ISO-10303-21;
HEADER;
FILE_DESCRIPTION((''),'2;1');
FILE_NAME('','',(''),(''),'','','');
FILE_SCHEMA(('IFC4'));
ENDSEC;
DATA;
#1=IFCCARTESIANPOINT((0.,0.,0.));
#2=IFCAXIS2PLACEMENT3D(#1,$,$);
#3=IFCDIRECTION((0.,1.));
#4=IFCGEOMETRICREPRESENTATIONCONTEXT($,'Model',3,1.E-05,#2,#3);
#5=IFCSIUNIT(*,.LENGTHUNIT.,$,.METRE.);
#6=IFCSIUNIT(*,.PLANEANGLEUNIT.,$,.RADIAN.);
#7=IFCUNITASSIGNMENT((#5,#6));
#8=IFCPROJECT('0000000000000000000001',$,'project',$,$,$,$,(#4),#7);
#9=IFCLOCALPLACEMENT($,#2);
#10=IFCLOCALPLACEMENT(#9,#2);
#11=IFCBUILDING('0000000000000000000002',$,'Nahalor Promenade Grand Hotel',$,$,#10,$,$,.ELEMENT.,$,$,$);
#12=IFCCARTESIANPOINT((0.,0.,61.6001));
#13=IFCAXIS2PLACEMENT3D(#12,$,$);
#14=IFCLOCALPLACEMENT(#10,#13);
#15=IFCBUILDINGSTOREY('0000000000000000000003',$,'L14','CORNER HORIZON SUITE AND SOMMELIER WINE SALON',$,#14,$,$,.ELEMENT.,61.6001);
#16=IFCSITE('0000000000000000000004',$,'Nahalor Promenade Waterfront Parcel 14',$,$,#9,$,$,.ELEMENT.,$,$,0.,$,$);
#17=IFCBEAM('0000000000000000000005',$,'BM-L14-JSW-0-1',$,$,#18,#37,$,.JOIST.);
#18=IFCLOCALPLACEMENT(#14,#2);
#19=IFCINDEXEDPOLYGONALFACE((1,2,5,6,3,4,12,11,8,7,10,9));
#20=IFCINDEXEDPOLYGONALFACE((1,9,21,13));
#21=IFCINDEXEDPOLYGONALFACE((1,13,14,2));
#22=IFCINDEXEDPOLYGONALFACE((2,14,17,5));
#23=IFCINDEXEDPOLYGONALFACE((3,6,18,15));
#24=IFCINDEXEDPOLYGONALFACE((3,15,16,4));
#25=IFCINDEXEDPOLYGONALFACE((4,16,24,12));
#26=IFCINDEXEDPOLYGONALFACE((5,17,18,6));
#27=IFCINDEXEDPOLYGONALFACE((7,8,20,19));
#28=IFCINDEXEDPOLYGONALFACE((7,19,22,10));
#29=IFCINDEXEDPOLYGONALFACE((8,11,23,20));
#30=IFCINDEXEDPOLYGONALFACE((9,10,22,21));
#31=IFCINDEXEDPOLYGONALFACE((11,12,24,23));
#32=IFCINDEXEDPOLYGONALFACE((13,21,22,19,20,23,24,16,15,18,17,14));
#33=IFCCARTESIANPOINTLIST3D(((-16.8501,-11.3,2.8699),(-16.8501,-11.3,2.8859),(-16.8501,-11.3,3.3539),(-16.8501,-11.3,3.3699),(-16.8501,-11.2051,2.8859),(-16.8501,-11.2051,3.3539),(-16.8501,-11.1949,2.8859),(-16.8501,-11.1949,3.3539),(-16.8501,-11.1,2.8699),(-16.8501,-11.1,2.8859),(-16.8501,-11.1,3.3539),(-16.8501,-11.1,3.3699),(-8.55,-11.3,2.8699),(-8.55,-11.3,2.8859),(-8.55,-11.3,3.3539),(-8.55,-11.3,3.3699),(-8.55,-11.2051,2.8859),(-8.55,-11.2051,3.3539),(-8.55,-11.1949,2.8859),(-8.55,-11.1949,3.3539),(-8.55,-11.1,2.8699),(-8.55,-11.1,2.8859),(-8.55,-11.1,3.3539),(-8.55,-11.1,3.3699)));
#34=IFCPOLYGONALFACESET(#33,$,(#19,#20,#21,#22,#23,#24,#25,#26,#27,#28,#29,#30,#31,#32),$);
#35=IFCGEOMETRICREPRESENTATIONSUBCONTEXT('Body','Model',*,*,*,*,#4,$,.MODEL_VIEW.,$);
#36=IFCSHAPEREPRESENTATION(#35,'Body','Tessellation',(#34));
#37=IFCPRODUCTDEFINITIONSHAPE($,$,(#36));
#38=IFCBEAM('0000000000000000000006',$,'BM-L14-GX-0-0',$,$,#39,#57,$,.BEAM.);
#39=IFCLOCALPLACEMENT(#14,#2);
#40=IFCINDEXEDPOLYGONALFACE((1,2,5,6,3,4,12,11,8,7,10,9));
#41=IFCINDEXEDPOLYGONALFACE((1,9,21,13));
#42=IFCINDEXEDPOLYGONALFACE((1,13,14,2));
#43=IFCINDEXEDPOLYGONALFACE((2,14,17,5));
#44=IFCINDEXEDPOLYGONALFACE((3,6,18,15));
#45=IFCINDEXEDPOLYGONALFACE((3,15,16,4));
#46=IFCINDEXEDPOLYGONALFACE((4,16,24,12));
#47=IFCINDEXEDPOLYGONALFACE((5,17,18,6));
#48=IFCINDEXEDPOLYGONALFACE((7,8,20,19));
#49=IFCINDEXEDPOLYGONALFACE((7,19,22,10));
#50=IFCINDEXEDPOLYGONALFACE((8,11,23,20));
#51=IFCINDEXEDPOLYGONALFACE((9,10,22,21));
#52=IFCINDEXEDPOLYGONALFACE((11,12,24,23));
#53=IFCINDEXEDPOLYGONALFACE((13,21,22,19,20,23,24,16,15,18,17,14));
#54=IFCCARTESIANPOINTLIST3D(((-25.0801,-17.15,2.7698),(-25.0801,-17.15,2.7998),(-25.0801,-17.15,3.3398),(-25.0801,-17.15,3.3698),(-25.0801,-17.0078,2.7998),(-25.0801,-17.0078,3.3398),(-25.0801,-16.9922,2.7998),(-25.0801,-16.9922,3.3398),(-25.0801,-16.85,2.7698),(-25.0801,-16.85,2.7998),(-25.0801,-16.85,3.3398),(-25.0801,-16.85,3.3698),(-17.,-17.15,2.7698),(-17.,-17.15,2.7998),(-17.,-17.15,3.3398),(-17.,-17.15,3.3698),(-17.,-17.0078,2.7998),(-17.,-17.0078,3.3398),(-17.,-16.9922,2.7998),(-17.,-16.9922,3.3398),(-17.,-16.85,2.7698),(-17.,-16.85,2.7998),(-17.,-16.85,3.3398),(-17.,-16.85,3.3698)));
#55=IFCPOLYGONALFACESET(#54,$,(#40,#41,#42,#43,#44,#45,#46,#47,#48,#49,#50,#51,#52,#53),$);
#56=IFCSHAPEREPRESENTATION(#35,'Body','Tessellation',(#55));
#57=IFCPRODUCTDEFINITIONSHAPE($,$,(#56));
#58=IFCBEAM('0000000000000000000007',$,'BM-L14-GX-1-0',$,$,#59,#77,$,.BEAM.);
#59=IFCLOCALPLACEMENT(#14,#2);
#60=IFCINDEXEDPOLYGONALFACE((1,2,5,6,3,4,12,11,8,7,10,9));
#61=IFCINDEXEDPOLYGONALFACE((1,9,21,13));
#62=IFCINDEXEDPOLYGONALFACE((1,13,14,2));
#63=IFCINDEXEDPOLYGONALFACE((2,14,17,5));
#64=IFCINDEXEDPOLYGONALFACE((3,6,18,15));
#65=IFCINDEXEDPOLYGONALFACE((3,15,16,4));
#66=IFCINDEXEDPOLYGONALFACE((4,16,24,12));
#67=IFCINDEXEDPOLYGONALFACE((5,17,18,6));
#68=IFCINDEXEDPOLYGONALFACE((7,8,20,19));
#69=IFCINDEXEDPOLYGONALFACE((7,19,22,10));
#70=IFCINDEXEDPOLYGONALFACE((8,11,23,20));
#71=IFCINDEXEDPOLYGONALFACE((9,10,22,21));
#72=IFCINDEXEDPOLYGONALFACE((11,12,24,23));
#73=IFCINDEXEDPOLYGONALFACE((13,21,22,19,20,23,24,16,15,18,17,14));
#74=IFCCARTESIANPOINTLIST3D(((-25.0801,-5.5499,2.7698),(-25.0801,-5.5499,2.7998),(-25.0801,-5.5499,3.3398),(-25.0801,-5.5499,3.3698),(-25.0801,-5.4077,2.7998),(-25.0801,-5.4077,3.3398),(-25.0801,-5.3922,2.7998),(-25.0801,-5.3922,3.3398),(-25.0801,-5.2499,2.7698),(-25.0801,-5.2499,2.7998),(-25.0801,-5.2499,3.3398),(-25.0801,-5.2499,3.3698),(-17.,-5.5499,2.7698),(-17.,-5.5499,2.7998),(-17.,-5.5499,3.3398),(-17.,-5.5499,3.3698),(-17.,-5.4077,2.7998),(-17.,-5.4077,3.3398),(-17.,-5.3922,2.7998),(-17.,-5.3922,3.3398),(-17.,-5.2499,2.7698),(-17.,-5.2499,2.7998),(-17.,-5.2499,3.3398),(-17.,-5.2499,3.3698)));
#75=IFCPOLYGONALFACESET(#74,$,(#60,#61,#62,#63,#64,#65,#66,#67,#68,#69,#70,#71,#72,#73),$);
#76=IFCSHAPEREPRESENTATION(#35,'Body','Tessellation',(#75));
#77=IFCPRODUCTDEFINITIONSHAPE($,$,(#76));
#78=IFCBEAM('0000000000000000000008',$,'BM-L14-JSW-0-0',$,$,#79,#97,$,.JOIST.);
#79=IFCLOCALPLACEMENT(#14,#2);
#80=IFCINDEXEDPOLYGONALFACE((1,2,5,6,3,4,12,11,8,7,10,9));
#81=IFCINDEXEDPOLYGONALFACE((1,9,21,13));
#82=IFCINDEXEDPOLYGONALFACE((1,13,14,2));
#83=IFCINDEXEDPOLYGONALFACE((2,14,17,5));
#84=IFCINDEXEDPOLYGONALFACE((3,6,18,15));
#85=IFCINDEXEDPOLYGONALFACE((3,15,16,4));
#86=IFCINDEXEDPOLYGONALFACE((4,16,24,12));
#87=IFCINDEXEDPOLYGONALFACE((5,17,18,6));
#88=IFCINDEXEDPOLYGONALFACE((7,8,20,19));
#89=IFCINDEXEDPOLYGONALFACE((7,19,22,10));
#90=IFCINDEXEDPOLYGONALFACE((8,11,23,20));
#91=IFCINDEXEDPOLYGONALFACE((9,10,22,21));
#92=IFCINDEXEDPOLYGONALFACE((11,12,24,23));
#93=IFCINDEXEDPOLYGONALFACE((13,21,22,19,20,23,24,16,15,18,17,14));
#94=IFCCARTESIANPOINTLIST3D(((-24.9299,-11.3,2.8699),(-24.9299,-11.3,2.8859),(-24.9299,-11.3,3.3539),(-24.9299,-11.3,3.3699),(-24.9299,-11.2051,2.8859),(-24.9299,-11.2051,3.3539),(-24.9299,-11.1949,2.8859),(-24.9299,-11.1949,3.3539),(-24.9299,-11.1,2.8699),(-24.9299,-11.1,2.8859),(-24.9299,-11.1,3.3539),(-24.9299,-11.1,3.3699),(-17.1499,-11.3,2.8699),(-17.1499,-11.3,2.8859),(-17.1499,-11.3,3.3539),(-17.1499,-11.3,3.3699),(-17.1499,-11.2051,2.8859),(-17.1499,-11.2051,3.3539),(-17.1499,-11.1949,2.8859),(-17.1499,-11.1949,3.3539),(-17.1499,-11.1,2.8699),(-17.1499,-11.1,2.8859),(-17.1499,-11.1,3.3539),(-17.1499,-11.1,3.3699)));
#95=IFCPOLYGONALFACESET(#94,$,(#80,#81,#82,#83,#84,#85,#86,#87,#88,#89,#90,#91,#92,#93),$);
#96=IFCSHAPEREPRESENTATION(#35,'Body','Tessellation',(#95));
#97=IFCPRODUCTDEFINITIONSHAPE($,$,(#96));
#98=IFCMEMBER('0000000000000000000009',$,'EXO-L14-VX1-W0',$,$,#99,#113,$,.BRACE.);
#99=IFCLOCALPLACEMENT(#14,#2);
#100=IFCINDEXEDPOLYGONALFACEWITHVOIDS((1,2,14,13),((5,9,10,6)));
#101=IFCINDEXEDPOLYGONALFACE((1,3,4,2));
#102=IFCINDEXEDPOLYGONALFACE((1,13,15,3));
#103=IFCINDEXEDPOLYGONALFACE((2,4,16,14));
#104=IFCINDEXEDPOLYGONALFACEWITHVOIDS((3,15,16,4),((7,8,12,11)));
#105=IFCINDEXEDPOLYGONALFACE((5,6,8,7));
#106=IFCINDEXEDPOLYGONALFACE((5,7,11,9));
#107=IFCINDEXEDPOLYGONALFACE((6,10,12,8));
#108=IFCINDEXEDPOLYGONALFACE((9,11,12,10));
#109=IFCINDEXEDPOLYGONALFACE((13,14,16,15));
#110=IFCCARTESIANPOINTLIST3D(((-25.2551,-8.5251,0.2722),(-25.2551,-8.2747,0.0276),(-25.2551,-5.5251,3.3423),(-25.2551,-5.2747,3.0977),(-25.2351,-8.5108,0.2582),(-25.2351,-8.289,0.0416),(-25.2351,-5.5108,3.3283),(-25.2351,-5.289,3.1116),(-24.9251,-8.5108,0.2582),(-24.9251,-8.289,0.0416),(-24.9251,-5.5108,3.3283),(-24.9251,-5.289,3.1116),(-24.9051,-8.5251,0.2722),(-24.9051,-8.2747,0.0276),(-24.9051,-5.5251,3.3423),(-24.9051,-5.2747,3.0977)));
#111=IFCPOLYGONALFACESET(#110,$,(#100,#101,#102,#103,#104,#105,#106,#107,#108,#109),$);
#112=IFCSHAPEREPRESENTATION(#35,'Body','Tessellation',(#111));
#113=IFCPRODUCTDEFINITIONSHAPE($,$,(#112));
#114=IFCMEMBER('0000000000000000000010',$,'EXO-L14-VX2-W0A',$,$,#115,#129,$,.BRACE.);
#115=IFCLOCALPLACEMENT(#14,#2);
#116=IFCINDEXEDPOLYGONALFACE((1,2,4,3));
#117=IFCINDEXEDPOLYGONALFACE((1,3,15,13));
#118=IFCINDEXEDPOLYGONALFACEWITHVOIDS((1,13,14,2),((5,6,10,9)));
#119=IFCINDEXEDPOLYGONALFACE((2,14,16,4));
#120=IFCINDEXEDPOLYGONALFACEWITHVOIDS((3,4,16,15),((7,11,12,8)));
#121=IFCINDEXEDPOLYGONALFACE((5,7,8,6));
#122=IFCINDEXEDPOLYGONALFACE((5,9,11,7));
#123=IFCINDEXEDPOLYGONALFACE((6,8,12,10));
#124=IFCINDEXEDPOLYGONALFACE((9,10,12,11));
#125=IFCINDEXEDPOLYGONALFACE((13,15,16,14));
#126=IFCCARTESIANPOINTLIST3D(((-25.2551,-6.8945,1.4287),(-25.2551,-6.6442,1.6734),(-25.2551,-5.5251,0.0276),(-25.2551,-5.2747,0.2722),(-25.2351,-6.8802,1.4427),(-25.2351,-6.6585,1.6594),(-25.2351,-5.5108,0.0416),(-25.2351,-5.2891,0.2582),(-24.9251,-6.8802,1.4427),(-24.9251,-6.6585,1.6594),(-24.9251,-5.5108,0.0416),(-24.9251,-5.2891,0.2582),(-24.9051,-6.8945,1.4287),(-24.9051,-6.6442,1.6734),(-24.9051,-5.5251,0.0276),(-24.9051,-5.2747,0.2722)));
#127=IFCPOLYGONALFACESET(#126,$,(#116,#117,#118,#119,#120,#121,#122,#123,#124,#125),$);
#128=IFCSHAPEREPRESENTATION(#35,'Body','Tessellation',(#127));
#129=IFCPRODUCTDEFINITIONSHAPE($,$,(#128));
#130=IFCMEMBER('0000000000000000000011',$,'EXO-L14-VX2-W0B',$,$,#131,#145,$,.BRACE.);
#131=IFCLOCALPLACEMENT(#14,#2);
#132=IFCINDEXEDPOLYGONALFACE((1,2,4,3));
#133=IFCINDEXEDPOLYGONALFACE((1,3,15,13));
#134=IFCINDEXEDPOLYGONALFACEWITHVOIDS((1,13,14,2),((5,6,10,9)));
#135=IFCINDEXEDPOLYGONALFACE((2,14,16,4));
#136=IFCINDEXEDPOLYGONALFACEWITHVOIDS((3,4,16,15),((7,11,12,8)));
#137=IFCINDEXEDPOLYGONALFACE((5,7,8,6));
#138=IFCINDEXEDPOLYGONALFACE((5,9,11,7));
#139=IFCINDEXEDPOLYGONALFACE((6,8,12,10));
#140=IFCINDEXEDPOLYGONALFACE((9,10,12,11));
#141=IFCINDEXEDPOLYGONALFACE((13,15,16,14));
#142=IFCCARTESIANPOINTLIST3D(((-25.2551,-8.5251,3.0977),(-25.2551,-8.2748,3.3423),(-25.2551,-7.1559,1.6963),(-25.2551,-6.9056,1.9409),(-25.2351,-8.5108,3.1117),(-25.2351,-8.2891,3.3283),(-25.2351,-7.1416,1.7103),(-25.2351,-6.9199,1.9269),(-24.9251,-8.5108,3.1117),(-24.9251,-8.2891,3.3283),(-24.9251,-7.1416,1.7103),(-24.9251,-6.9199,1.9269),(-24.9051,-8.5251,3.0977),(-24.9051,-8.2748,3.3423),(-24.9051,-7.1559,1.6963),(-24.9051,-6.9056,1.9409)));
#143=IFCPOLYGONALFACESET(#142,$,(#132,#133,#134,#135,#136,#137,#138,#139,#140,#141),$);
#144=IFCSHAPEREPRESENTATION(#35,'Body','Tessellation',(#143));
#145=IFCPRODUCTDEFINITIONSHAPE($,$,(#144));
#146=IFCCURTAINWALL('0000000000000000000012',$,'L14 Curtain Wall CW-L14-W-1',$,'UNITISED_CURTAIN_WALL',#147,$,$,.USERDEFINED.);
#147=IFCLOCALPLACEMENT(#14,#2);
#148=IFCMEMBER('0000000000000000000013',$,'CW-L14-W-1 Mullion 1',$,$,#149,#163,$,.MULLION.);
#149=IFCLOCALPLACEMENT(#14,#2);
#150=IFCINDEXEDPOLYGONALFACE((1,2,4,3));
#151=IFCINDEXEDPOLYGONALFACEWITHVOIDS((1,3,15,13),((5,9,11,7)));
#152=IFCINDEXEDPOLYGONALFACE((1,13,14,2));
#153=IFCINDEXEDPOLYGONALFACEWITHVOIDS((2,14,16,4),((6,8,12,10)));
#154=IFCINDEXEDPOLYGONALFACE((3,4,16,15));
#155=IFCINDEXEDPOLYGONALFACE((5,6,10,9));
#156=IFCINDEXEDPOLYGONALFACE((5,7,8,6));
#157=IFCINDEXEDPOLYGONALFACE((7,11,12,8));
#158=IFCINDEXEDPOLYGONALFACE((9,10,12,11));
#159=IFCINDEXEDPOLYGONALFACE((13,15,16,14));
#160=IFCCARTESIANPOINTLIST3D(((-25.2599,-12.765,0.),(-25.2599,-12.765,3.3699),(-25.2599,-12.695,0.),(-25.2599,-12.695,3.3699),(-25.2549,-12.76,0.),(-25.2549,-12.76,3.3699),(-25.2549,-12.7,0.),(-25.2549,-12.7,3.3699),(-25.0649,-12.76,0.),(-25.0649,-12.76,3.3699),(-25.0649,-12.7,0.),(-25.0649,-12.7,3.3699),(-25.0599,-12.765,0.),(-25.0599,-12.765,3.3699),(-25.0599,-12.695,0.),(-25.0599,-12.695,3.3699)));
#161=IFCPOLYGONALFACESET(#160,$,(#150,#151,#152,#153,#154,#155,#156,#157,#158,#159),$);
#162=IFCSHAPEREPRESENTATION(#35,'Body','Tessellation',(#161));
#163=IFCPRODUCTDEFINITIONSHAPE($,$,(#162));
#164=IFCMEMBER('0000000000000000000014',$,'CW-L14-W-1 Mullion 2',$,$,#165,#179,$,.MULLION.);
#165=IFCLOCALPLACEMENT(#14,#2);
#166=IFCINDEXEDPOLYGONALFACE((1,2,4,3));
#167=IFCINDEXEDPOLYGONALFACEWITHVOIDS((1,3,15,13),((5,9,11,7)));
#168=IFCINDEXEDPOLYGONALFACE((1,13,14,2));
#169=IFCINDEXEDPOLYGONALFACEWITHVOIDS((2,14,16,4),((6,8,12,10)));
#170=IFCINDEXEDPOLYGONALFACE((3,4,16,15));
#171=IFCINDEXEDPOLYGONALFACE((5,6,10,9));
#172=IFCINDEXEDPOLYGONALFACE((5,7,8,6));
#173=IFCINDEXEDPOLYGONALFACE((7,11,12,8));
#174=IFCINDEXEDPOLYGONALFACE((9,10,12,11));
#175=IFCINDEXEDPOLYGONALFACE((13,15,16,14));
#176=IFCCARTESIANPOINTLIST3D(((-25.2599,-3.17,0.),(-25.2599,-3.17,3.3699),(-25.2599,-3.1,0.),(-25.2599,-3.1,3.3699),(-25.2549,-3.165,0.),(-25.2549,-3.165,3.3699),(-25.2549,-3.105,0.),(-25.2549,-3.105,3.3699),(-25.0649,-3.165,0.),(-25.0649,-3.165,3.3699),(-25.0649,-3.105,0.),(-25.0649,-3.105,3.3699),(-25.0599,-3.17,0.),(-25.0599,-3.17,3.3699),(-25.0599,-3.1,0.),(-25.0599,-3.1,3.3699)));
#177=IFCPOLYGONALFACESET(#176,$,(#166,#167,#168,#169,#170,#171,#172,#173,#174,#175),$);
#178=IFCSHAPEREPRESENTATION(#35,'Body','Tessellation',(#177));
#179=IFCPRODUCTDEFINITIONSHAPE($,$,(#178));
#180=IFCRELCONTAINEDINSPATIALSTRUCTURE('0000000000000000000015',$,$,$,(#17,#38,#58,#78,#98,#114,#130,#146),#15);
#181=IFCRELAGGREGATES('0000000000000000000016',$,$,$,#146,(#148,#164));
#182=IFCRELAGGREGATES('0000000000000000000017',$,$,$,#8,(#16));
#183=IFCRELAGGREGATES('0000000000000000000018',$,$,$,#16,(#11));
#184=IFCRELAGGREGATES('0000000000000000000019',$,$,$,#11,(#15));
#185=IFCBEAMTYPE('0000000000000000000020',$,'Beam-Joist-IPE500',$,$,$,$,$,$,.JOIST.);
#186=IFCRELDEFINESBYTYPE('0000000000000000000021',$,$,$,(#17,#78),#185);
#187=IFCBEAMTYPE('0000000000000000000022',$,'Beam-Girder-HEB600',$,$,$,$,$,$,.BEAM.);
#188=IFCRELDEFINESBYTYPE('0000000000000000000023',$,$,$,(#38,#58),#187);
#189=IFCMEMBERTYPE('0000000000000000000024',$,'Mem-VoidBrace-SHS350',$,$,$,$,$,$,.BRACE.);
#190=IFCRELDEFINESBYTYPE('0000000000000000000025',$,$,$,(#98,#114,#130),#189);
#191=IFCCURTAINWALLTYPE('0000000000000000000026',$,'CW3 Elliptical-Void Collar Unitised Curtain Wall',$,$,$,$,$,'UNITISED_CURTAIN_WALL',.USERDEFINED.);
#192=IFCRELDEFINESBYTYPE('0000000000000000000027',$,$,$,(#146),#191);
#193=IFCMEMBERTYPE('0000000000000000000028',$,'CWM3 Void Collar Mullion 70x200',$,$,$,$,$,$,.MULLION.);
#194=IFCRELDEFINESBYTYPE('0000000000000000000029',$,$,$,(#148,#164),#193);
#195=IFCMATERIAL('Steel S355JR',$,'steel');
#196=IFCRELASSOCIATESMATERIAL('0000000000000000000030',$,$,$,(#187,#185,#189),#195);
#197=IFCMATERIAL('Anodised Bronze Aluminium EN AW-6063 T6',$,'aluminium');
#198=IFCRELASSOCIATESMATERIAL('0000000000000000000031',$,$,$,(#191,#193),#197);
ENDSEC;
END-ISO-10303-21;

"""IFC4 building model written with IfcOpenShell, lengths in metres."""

from ifc_helpers import new_model, si_unit, direction, frame, origin, origin_2d, place, context, subcontext, project, spatial, hollow_rectangle, i_section, extrude, source, transform, mapped, material, material_profile, profile_set, type_object, element, aggregate, save


model = new_model("IFC4")

# Units and contexts
model_context = context("Model", 3, precision=1e-05, world=origin(), true_north=direction((0.0, 1.0)))
body_context = subcontext(model_context, "Body", "Model", "MODEL_VIEW")
ifc_project = project(units=[si_unit("LENGTHUNIT", "METRE"), si_unit("PLANEANGLEUNIT", "RADIAN")], contexts=[model_context])

# Site, building, storey
site_placement = place(None, origin())
site = spatial("IfcSite", under=ifc_project, at=site_placement, Name="Nahalor Promenade Waterfront Parcel 14", CompositionType="ELEMENT", RefElevation=0.0)
building_placement = place(site_placement, origin())
building = spatial("IfcBuilding", under=site, at=building_placement, Name="Nahalor Promenade Grand Hotel", CompositionType="ELEMENT")
storey_placement = place(building_placement, frame((0.0, 0.0, 61.6001)))
storey = spatial("IfcBuildingStorey", under=building, at=storey_placement, Name="L14", Description="CORNER HORIZON SUITE AND SOMMELIER WINE SALON", CompositionType="ELEMENT", Elevation=61.6001)

# Beams
ifc_material_1 = material(Name="Steel S355JR", Category="steel")
ifc_material_profile_1 = material_profile(ifc_material_1, i_section(OverallWidth=0.3, OverallDepth=0.6, WebThickness=0.0155, FlangeThickness=0.03, at=origin_2d()), Name="HEB 600")
ifc_profile_set_1 = profile_set([ifc_material_profile_1], Name="Steel S355JR")
beam_type_1 = type_object("IfcBeamType", Name="Beam-Girder-HEB600", PredefinedType="BEAM", material=ifc_profile_set_1)
ifc_material_profile_2 = material_profile(ifc_material_1, i_section(OverallWidth=0.2, OverallDepth=0.5, WebThickness=0.0102, FlangeThickness=0.016, at=origin_2d()), Name="IPE 500")
ifc_profile_set_2 = profile_set([ifc_material_profile_2], Name="Steel S355JR")
beam_type_2 = type_object("IfcBeamType", Name="Beam-Joist-IPE500", PredefinedType="JOIST", material=ifc_profile_set_2)
shared_shape_1 = source(origin(), body_context, "Body", "SweptSolid", [
    extrude(i_section(OverallWidth=0.2, OverallDepth=0.5, WebThickness=0.0102, FlangeThickness=0.016, at=origin_2d()), origin(), (0.0, 0.0, 1.0), 8.3),
])
beam_1_placement = place(storey_placement, frame((-16.8501, -11.2, 3.1199), z_axis=(1.0, 0.0, 0.0), x_axis=(0.0, 1.0, 0.0)))
element("IfcBeam", 1, at=beam_1_placement, inside=storey, type_object=beam_type_2, Name="BM-L14-JSW-0-1", PredefinedType="JOIST", context=body_context, shape_type="MappedRepresentation", body=[
    mapped(shared_shape_1, transform((0.0, 0.0, 0.0), scale=1.0)),
])
shared_shape_2 = source(origin(), body_context, "Body", "SweptSolid", [
    extrude(i_section(OverallWidth=0.3, OverallDepth=0.6, WebThickness=0.0155, FlangeThickness=0.03, at=origin_2d()), origin(), (0.0, 0.0, 1.0), 8.0801),
])
for number, where, z_axis, x_axis, name in (
    (2, (-25.0801, -17.0, 3.0698), (1.0, 0.0, 0.0), (0.0, 1.0, 0.0), "BM-L14-GX-0-0"),
    (3, (-25.0801, -5.3999, 3.0698), (1.0, 0.0, 0.0), (0.0, 1.0, 0.0), "BM-L14-GX-1-0"),
):
    element("IfcBeam", number, at=place(storey_placement, frame(where, z_axis=z_axis, x_axis=x_axis)), inside=storey, type_object=beam_type_1, Name=name, PredefinedType="BEAM", context=body_context, shape_type="MappedRepresentation", body=[
        mapped(shared_shape_2, transform((0.0, 0.0, 0.0), scale=1.0)),
    ])
shared_shape_3 = source(origin(), body_context, "Body", "SweptSolid", [
    extrude(i_section(OverallWidth=0.2, OverallDepth=0.5, WebThickness=0.0102, FlangeThickness=0.016, at=origin_2d()), origin(), (0.0, 0.0, 1.0), 7.78),
])
beam_2_placement = place(storey_placement, frame((-24.9299, -11.2, 3.1199), z_axis=(1.0, 0.0, 0.0), x_axis=(0.0, 1.0, 0.0)))
element("IfcBeam", 4, at=beam_2_placement, inside=storey, type_object=beam_type_2, Name="BM-L14-JSW-0-0", PredefinedType="JOIST", context=body_context, shape_type="MappedRepresentation", body=[
    mapped(shared_shape_3, transform((0.0, 0.0, 0.0), scale=1.0)),
])

# Members
ifc_material_profile_3 = material_profile(ifc_material_1, hollow_rectangle(XDim=0.35, YDim=0.35, WallThickness=0.02, at=origin_2d()), Name="SHS 350x350x20")
ifc_profile_set_3 = profile_set([ifc_material_profile_3], Name="Steel S355JR")
member_type_1 = type_object("IfcMemberType", Name="Mem-VoidBrace-SHS350", PredefinedType="BRACE", material=ifc_profile_set_3)
shared_shape_4 = source(origin(), body_context, "Body", "SweptSolid", [
    extrude(hollow_rectangle(XDim=0.35, YDim=0.35, WallThickness=0.02, at=origin_2d()), origin(), (0.0, 0.0, 1.0), 4.2925),
])
member_1_placement = place(storey_placement, frame((-25.0801, -8.3999, 0.1499), z_axis=(0.0, 0.698898, 0.715221), x_axis=(-1.0, 0.0, 0.0)))
element("IfcMember", 5, at=member_1_placement, inside=storey, type_object=member_type_1, Name="EXO-L14-VX1-W0", PredefinedType="BRACE", context=body_context, shape_type="MappedRepresentation", body=[
    mapped(shared_shape_4, transform((0.0, 0.0, 0.0), scale=1.0)),
])
shared_shape_5 = source(origin(), body_context, "Body", "SweptSolid", [
    extrude(hollow_rectangle(XDim=0.35, YDim=0.35, WallThickness=0.02, at=origin_2d()), origin(), (0.0, 0.0, 1.0), 1.9592),
])
for number, where, z_axis, x_axis, name in (
    (6, (-25.0801, -5.3999, 0.1499), (0.0, -0.69896, 0.71516), (1.0, 0.0, 0.0), "EXO-L14-VX2-W0A"),
    (7, (-25.0801, -7.0308, 1.8186), (0.0, -0.698834, 0.715283), (1.0, 0.0, 0.0), "EXO-L14-VX2-W0B"),
):
    element("IfcMember", number, at=place(storey_placement, frame(where, z_axis=z_axis, x_axis=x_axis)), inside=storey, type_object=member_type_1, Name=name, PredefinedType="BRACE", context=body_context, shape_type="MappedRepresentation", body=[
        mapped(shared_shape_5, transform((0.0, 0.0, 0.0), scale=1.0)),
    ])

# Curtain wall, members
ifc_material_2 = material(Name="Anodised Bronze Aluminium EN AW-6063 T6", Category="aluminium")
curtain_wall_type = type_object("IfcCurtainWallType", Name="CW3 Elliptical-Void Collar Unitised Curtain Wall", ElementType="UNITISED_CURTAIN_WALL", PredefinedType="USERDEFINED", material=ifc_material_2)
curtain_wall_1_placement = place(storey_placement, origin())
curtain_wall_1 = element("IfcCurtainWall", 8, at=curtain_wall_1_placement, inside=storey, type_object=curtain_wall_type, Name="L14 Curtain Wall CW-L14-W-1", ObjectType="UNITISED_CURTAIN_WALL", PredefinedType="USERDEFINED")
ifc_material_profile_4 = material_profile(ifc_material_2, hollow_rectangle(XDim=0.07, YDim=0.2, WallThickness=0.005, at=origin_2d()), Name="CWM 70x200x5")
ifc_profile_set_4 = profile_set([ifc_material_profile_4], Name="Anodised Bronze Aluminium EN AW-6063 T6")
member_type_2 = type_object("IfcMemberType", Name="CWM3 Void Collar Mullion 70x200", PredefinedType="MULLION", material=ifc_profile_set_4)
shared_shape_6 = source(origin(), body_context, "Body", "SweptSolid", [
    extrude(hollow_rectangle(XDim=0.07, YDim=0.2, WallThickness=0.005, at=origin_2d()), origin(), (0.0, 0.0, 1.0), 3.3699),
])
member_2_placement = place(storey_placement, frame((-25.1599, -12.73, 0.0), z_axis=(0.0, 0.0, 1.0), x_axis=(0.0, 1.0, 0.0)))
member_2 = element("IfcMember", 9, at=member_2_placement, type_object=member_type_2, Name="CW-L14-W-1 Mullion 1", PredefinedType="MULLION", context=body_context, shape_type="MappedRepresentation", body=[
    mapped(shared_shape_6, transform((0.0, 0.0, 0.0), scale=1.0)),
])
member_3_placement = place(storey_placement, frame((-25.1599, -3.135, 0.0), z_axis=(0.0, 0.0, 1.0), x_axis=(0.0, 1.0, 0.0)))
member_3 = element("IfcMember", 10, at=member_3_placement, type_object=member_type_2, Name="CW-L14-W-1 Mullion 2", PredefinedType="MULLION", context=body_context, shape_type="MappedRepresentation", body=[
    mapped(shared_shape_6, transform((0.0, 0.0, 0.0), scale=1.0)),
])

aggregate(curtain_wall_1, [member_2, member_3])

save(model, "model.ifc")
